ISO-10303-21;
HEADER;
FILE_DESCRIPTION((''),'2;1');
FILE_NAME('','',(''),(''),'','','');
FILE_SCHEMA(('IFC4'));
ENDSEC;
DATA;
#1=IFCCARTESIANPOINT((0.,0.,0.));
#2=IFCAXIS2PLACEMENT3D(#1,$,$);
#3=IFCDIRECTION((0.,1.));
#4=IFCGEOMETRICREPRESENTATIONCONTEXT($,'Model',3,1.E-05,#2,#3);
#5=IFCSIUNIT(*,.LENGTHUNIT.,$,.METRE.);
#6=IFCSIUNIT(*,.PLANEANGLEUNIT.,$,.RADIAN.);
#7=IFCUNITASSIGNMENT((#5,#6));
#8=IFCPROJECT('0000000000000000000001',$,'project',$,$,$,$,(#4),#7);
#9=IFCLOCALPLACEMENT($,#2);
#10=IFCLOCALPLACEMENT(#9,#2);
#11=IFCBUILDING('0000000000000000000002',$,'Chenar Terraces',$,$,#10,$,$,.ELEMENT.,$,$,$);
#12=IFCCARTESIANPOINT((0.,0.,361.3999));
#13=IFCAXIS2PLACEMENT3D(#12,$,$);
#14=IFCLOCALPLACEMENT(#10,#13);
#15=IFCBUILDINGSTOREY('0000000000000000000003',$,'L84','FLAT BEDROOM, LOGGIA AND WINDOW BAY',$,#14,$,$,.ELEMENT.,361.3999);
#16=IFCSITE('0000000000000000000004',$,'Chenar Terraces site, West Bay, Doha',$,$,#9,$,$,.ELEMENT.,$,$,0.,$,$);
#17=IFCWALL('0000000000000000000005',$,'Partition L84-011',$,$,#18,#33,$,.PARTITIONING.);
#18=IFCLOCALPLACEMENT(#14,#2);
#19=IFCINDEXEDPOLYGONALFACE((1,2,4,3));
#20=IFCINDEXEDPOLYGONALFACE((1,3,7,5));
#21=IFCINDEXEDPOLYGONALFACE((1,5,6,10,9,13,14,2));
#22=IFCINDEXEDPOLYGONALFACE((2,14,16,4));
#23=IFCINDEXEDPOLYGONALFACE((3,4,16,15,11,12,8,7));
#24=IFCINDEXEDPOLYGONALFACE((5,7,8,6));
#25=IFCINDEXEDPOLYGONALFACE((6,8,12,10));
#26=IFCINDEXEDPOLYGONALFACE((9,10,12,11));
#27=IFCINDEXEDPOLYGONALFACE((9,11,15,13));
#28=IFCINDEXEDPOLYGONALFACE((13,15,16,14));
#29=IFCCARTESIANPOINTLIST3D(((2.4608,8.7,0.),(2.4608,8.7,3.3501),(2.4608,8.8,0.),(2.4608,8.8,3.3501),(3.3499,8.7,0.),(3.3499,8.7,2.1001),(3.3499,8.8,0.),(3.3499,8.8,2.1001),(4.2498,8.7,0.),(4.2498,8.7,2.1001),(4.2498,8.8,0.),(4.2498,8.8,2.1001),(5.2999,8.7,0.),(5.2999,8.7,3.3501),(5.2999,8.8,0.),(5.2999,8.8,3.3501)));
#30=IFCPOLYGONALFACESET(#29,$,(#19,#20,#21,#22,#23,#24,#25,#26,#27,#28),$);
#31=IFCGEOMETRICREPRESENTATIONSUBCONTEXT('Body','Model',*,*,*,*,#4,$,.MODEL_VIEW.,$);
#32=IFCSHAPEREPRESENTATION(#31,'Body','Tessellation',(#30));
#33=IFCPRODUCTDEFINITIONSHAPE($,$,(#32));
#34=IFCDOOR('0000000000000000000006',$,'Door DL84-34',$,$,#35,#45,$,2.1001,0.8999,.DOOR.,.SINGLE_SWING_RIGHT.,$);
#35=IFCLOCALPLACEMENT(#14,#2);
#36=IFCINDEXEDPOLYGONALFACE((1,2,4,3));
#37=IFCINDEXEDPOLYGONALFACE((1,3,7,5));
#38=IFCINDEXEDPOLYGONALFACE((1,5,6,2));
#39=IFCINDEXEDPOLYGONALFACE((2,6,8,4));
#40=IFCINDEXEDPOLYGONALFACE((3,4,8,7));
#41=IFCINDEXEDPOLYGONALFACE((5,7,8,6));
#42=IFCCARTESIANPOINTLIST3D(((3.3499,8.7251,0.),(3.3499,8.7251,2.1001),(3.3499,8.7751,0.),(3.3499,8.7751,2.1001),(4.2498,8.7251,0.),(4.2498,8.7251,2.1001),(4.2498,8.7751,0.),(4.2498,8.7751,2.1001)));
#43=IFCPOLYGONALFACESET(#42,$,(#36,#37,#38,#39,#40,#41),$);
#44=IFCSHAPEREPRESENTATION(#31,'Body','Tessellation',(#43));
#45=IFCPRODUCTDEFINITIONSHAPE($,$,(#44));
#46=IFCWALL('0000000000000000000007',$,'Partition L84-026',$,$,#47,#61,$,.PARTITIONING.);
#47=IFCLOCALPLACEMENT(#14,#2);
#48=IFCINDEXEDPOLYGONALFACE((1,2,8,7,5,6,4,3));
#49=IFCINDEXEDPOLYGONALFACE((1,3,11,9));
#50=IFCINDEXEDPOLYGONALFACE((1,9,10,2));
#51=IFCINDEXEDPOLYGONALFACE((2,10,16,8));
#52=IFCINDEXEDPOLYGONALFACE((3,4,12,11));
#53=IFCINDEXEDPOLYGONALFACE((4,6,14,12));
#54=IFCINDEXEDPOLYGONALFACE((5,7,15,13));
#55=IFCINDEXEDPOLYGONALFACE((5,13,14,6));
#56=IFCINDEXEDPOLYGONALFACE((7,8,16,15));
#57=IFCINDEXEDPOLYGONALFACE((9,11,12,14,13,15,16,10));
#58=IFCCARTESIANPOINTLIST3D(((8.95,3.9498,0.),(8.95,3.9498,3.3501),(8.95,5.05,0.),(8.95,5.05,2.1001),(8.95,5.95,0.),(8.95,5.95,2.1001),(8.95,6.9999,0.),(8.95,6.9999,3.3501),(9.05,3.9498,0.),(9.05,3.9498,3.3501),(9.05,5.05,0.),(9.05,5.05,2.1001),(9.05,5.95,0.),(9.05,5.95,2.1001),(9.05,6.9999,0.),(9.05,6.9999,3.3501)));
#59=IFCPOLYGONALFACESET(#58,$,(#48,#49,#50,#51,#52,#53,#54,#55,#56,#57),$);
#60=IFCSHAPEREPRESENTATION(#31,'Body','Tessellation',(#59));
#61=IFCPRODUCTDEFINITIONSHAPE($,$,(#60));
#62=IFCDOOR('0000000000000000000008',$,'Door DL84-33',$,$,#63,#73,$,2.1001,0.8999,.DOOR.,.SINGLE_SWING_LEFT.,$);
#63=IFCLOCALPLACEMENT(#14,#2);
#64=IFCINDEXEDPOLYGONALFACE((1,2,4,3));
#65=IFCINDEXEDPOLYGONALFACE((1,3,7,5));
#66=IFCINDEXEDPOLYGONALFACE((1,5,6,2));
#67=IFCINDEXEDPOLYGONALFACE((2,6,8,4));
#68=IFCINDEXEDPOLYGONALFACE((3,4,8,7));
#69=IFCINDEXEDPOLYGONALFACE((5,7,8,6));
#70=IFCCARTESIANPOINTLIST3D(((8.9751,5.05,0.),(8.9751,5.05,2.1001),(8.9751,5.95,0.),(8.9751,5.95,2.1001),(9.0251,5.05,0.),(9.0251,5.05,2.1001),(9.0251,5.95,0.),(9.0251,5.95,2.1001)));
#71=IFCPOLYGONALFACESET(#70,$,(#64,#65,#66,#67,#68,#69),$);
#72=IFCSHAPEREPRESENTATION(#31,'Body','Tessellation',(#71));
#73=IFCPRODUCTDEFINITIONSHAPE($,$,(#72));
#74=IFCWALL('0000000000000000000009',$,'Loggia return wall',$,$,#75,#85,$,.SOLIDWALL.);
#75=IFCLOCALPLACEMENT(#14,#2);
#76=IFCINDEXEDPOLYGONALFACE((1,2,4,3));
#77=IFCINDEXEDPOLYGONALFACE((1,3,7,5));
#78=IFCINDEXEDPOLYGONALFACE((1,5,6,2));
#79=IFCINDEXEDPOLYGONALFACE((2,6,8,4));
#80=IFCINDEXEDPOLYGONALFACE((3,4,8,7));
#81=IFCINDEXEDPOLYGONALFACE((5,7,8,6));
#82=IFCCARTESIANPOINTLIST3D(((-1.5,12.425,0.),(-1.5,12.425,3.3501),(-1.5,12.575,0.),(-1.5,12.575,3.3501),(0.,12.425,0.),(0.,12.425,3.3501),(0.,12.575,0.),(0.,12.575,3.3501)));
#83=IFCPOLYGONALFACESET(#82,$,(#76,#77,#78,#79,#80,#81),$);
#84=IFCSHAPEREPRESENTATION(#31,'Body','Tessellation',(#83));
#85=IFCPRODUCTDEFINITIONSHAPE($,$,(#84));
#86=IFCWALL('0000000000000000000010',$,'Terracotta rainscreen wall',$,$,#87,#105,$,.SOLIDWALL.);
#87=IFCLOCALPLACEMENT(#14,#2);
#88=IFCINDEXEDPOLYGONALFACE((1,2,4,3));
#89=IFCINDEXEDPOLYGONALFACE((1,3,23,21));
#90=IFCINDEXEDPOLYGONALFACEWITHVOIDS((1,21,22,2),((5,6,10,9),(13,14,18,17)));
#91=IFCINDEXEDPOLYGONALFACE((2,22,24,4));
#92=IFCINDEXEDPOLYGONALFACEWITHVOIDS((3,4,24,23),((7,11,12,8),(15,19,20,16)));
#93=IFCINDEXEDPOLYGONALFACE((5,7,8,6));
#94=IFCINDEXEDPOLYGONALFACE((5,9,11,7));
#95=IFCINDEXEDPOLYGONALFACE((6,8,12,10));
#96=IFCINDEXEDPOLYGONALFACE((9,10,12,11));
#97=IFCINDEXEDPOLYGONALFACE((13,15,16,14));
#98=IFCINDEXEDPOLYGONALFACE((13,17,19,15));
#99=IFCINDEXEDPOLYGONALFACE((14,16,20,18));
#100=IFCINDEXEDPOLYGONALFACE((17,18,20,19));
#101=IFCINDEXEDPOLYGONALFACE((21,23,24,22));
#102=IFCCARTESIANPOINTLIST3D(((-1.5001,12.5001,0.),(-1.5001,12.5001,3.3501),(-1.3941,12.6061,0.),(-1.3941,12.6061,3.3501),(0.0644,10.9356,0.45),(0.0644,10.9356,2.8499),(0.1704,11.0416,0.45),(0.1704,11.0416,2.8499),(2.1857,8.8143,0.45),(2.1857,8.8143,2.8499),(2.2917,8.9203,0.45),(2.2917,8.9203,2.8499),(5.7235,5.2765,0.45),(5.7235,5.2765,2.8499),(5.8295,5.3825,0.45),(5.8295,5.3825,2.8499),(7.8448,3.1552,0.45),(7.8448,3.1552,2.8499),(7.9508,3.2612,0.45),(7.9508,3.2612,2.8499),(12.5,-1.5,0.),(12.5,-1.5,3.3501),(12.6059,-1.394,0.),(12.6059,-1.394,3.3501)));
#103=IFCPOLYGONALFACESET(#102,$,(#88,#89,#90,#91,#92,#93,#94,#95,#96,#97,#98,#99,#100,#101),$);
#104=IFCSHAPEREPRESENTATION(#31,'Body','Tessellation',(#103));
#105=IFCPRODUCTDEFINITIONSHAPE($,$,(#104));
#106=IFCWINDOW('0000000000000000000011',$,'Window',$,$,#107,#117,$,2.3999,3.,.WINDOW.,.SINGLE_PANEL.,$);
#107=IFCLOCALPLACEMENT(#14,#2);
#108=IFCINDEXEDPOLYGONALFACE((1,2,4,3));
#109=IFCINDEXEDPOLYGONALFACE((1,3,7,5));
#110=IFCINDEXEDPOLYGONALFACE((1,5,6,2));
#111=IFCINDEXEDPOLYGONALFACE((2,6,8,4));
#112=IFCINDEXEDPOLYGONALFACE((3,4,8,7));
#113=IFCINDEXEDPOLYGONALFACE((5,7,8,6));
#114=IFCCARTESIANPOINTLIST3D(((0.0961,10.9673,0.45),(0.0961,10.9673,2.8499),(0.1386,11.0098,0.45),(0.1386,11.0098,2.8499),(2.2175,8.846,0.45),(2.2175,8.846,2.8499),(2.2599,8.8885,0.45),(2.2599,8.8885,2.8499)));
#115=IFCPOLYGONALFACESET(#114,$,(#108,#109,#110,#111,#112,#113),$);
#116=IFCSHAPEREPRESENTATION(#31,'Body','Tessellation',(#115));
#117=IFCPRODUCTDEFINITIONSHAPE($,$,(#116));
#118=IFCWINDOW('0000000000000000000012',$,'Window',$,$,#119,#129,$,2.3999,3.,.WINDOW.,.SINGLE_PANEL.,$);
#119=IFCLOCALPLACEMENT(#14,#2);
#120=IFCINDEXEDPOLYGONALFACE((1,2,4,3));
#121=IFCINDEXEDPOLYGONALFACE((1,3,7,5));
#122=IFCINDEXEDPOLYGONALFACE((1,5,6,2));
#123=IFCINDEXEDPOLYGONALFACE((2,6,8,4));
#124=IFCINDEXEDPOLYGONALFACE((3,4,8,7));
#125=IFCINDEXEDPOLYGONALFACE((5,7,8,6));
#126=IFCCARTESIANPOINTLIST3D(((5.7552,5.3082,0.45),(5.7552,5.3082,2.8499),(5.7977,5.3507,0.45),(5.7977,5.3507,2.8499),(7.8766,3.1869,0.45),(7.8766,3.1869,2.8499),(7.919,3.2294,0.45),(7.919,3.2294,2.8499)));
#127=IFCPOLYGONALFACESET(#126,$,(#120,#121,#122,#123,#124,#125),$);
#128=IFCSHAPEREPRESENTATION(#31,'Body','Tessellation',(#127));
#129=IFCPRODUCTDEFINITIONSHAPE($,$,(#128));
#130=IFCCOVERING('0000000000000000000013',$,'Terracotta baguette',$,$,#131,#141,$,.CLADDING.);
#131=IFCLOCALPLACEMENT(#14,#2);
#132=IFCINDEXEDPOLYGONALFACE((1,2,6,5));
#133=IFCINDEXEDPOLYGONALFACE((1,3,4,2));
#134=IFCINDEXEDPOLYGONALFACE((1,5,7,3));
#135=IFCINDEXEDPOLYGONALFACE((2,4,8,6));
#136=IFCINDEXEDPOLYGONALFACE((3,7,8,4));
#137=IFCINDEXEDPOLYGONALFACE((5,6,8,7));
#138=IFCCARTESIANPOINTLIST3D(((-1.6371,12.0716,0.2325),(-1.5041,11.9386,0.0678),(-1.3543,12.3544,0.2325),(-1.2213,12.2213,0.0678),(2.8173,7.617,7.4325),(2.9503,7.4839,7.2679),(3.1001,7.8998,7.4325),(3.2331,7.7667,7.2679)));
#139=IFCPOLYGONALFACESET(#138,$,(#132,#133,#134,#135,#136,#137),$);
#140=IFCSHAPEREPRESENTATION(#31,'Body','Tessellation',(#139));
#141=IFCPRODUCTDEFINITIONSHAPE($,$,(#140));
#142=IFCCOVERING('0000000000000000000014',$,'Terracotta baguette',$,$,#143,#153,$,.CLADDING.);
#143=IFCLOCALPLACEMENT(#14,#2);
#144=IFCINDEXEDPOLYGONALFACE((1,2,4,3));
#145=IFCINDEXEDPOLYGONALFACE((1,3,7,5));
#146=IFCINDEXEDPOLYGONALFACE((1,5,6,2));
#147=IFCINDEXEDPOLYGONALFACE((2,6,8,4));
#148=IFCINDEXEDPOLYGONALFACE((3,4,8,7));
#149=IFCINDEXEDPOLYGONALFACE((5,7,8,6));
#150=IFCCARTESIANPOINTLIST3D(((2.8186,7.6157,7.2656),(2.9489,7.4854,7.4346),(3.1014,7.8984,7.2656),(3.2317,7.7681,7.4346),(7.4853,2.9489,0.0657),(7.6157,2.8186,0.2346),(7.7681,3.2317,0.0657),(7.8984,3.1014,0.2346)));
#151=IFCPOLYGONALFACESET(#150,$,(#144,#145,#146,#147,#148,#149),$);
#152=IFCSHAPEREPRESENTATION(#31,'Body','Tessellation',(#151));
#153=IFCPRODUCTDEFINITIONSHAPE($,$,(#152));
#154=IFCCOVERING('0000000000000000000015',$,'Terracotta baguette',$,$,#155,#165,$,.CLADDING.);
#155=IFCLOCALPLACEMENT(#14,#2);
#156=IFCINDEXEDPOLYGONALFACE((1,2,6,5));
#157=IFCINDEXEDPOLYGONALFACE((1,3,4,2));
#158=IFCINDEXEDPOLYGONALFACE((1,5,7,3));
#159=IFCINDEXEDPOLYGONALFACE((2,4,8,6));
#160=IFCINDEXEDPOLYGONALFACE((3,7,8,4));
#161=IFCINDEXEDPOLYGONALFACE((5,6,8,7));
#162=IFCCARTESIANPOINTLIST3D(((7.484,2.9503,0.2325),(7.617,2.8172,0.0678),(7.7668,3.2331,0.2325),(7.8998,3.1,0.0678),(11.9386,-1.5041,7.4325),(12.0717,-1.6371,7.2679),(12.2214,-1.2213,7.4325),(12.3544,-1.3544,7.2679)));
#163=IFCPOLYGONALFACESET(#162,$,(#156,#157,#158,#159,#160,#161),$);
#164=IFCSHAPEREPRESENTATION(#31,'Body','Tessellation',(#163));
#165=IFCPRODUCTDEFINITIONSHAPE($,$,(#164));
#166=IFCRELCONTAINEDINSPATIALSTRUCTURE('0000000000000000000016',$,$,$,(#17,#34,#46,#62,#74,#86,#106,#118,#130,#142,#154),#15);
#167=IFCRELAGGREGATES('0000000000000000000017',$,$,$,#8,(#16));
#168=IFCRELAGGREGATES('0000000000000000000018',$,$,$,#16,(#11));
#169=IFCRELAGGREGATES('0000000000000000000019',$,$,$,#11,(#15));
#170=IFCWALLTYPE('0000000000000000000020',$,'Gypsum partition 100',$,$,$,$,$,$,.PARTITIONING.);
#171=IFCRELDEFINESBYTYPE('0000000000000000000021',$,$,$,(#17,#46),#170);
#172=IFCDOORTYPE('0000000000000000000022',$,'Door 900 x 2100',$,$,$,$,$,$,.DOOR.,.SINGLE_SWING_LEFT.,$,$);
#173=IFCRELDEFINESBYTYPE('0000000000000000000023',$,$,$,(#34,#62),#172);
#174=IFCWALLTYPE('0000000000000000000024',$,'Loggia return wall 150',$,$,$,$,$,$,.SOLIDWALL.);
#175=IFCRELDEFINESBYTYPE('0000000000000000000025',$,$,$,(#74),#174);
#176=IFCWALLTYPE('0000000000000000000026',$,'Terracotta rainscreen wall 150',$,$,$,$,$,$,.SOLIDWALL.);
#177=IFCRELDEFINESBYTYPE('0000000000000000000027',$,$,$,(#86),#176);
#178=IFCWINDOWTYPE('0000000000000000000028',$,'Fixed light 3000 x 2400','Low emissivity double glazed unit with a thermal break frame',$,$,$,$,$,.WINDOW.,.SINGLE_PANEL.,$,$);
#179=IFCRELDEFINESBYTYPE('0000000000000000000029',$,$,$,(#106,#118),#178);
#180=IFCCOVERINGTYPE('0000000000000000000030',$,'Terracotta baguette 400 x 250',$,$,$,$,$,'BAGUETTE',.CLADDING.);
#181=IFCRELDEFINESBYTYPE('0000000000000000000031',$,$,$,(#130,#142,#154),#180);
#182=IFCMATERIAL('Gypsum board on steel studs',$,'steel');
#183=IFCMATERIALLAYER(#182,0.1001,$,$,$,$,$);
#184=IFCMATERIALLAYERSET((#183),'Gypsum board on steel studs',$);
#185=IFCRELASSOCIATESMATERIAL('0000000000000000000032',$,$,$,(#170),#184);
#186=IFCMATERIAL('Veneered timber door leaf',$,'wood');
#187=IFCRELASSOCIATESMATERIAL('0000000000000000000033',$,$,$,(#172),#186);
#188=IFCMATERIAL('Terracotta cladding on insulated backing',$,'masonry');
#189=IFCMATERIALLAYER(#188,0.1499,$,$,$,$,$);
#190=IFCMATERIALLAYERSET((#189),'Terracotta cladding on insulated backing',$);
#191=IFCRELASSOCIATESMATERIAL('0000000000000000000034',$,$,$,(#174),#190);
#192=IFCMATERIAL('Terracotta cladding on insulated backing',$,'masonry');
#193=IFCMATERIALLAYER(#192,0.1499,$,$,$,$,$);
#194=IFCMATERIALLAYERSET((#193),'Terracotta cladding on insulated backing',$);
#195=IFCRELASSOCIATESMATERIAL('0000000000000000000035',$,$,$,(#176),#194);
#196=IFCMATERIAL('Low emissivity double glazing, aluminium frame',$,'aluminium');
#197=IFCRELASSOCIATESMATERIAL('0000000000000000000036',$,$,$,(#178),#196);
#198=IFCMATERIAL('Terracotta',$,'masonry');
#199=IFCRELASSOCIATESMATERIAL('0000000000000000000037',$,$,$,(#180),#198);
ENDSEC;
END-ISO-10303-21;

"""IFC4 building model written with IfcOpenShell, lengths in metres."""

from ifc_helpers import new_model, si_unit, direction, frame, frame_2d, origin, origin_2d, place, context, subcontext, project, spatial, rectangle, extrude, material, layer, layer_set, material_profile, profile_set, type_object, element, fill, save


model = new_model("IFC4")

# Units and contexts
model_context = context("Model", 3, precision=1e-05, world=origin(), true_north=direction((0.0, 1.0)))
body_context = subcontext(model_context, "Body", "Model", "MODEL_VIEW")
ifc_project = project(units=[si_unit("LENGTHUNIT", "METRE"), si_unit("PLANEANGLEUNIT", "RADIAN")], contexts=[model_context])

# Site, building, storey
site_placement = place(None, origin())
site = spatial("IfcSite", under=ifc_project, at=site_placement, Name="Chenar Terraces site, West Bay, Doha", CompositionType="ELEMENT", RefElevation=0.0)
building_placement = place(site_placement, origin())
building = spatial("IfcBuilding", under=site, at=building_placement, Name="Chenar Terraces", CompositionType="ELEMENT")
storey_placement = place(building_placement, frame((0.0, 0.0, 361.3999)))
storey = spatial("IfcBuildingStorey", under=building, at=storey_placement, Name="L84", Description="FLAT BEDROOM, LOGGIA AND WINDOW BAY", CompositionType="ELEMENT", Elevation=361.3999)

# Walls, openings, doors
ifc_material_1 = material(Name="Gypsum board on steel studs", Category="steel")
ifc_layer_1 = layer(ifc_material_1, 0.1001)
ifc_layer_set_1 = layer_set([ifc_layer_1], Name="Gypsum board on steel studs")
wall_type_1 = type_object("IfcWallType", Name="Gypsum partition 100", PredefinedType="PARTITIONING", material=ifc_layer_set_1)
wall_1_placement = place(storey_placement, frame((2.4609, 8.75, 0.0), z_axis=(0.0, 0.0, 1.0), x_axis=(1.0, 0.0, 0.0)))
wall_1 = element("IfcWall", 1, at=wall_1_placement, inside=storey, type_object=wall_type_1, Name="Partition L84-011", PredefinedType="PARTITIONING", context=body_context, shape_type="SweptSolid", body=[
    extrude(rectangle(XDim=2.8391, YDim=0.1001, at=frame_2d((1.4194, 0.0))), origin(), (0.0, 0.0, 1.0), 3.3501),
])
opening_1_placement = place(wall_1_placement, frame((0.8889, 0.0, 0.0)))
opening_1 = element("IfcOpeningElement", 2, at=opening_1_placement, cuts=wall_1, PredefinedType="OPENING", context=body_context, shape_type="SweptSolid", body=[
    extrude(rectangle(XDim=0.8999, YDim=2.1001, at=frame_2d((0.45, 1.05))), frame((0.0, 0.0601, 0.0), z_axis=(0.0, -1.0, 0.0), x_axis=(1.0, 0.0, 0.0)), (0.0, 0.0, 1.0), 0.1201),
])
ifc_material_2 = material(Name="Veneered timber door leaf", Category="wood")
door_type = type_object("IfcDoorType", Name="Door 900 x 2100", OperationType="SINGLE_SWING_LEFT", PredefinedType="DOOR", material=ifc_material_2)
door_1_placement = place(opening_1_placement, frame((0.8999, 0.0, 0.0), z_axis=(0.0, 0.0, 1.0), x_axis=(-1.0, 0.0, 0.0)))
door_1 = element("IfcDoor", 3, at=door_1_placement, inside=storey, type_object=door_type, Name="Door DL84-34", OperationType="SINGLE_SWING_RIGHT", OverallHeight=2.1001, OverallWidth=0.8999, PredefinedType="DOOR", context=body_context, shape_type="SweptSolid", body=[
    extrude(rectangle(XDim=0.8999, YDim=2.1001, at=frame_2d((0.45, 1.05))), frame((0.0, 0.0249, 0.0), z_axis=(0.0, -1.0, 0.0), x_axis=(1.0, 0.0, 0.0)), (0.0, 0.0, 1.0), 0.05),
])
fill(opening_1, door_1)
wall_2_placement = place(storey_placement, frame((9.0, 3.95, 0.0), z_axis=(0.0, 0.0, 1.0), x_axis=(0.0, 1.0, 0.0)))
wall_2 = element("IfcWall", 4, at=wall_2_placement, inside=storey, type_object=wall_type_1, Name="Partition L84-026", PredefinedType="PARTITIONING", context=body_context, shape_type="SweptSolid", body=[
    extrude(rectangle(XDim=3.05, YDim=0.1001, at=frame_2d((1.5249, 0.0))), origin(), (0.0, 0.0, 1.0), 3.3501),
])
opening_2_placement = place(wall_2_placement, frame((1.1001, 0.0, 0.0)))
opening_2 = element("IfcOpeningElement", 5, at=opening_2_placement, cuts=wall_2, PredefinedType="OPENING", context=body_context, shape_type="SweptSolid", body=[
    extrude(rectangle(XDim=0.8999, YDim=2.1001, at=frame_2d((0.45, 1.05))), frame((0.0, 0.0601, 0.0), z_axis=(0.0, -1.0, 0.0), x_axis=(1.0, 0.0, 0.0)), (0.0, 0.0, 1.0), 0.1201),
])
door_2_placement = place(opening_2_placement, origin())
door_2 = element("IfcDoor", 6, at=door_2_placement, inside=storey, type_object=door_type, Name="Door DL84-33", OperationType="SINGLE_SWING_LEFT", OverallHeight=2.1001, OverallWidth=0.8999, PredefinedType="DOOR", context=body_context, shape_type="SweptSolid", body=[
    extrude(rectangle(XDim=0.8999, YDim=2.1001, at=frame_2d((0.45, 1.05))), frame((0.0, 0.0249, 0.0), z_axis=(0.0, -1.0, 0.0), x_axis=(1.0, 0.0, 0.0)), (0.0, 0.0, 1.0), 0.05),
])
fill(opening_2, door_2)

# Wall
ifc_material_3 = material(Name="Terracotta cladding on insulated backing", Category="masonry")
ifc_layer_2 = layer(ifc_material_3, 0.1499)
ifc_layer_set_2 = layer_set([ifc_layer_2], Name="Terracotta cladding on insulated backing")
wall_type_2 = type_object("IfcWallType", Name="Loggia return wall 150", PredefinedType="SOLIDWALL", material=ifc_layer_set_2)
wall_3_placement = place(storey_placement, frame((-1.5, 12.5, 0.0), z_axis=(0.0, 0.0, 1.0), x_axis=(1.0, 0.0, 0.0)))
element("IfcWall", 7, at=wall_3_placement, inside=storey, type_object=wall_type_2, Name="Loggia return wall", PredefinedType="SOLIDWALL", context=body_context, shape_type="SweptSolid", body=[
    extrude(rectangle(XDim=1.5, YDim=0.1499, at=frame_2d((0.75, 0.0))), origin(), (0.0, 0.0, 1.0), 3.3501),
])

# Wall, openings, windows
ifc_material_4 = material(Name="Terracotta cladding on insulated backing", Category="masonry")
ifc_layer_3 = layer(ifc_material_4, 0.1499)
ifc_layer_set_3 = layer_set([ifc_layer_3], Name="Terracotta cladding on insulated backing")
wall_type_3 = type_object("IfcWallType", Name="Terracotta rainscreen wall 150", PredefinedType="SOLIDWALL", material=ifc_layer_set_3)
wall_4_placement = place(storey_placement, frame((-1.447, 12.553, 0.0), z_axis=(0.0, 0.0, 1.0), x_axis=(0.707107, -0.707107, 0.0)))
wall_4 = element("IfcWall", 8, at=wall_4_placement, inside=storey, type_object=wall_type_3, Name="Terracotta rainscreen wall", PredefinedType="SOLIDWALL", context=body_context, shape_type="SweptSolid", body=[
    extrude(rectangle(XDim=19.7991, YDim=0.1499, at=frame_2d((9.8994, 0.0))), origin(), (0.0, 0.0, 1.0), 3.3501),
])
opening_3_placement = place(wall_4_placement, frame((2.2124, 0.0, 0.45)))
opening_3 = element("IfcOpeningElement", 9, at=opening_3_placement, cuts=wall_4, PredefinedType="OPENING", context=body_context, shape_type="SweptSolid", body=[
    extrude(rectangle(XDim=3.0, YDim=2.3999, at=frame_2d((1.5, 1.2))), frame((0.0, 0.085, 0.0), z_axis=(0.0, -1.0, 0.0), x_axis=(1.0, 0.0, 0.0)), (0.0, 0.0, 1.0), 0.1699),
])
opening_4_placement = place(wall_4_placement, frame((10.2156, 0.0, 0.45)))
opening_4 = element("IfcOpeningElement", 10, at=opening_4_placement, cuts=wall_4, PredefinedType="OPENING", context=body_context, shape_type="SweptSolid", body=[
    extrude(rectangle(XDim=3.0, YDim=2.3999, at=frame_2d((1.5, 1.2))), frame((0.0, 0.085, 0.0), z_axis=(0.0, -1.0, 0.0), x_axis=(1.0, 0.0, 0.0)), (0.0, 0.0, 1.0), 0.1699),
])
ifc_material_5 = material(Name="Low emissivity double glazing, aluminium frame", Category="aluminium")
window_type = type_object("IfcWindowType", Name="Fixed light 3000 x 2400", Description="Low emissivity double glazed unit with a thermal break frame", PartitioningType="SINGLE_PANEL", PredefinedType="WINDOW", material=ifc_material_5)
window_1_placement = place(opening_3_placement, origin())
window_1 = element("IfcWindow", 11, at=window_1_placement, inside=storey, type_object=window_type, Name="Window", OverallHeight=2.3999, OverallWidth=3.0, PartitioningType="SINGLE_PANEL", PredefinedType="WINDOW", context=body_context, shape_type="SweptSolid", body=[
    extrude(rectangle(XDim=3.0, YDim=2.3999, at=frame_2d((1.5, 1.2))), frame((0.0, 0.03, 0.0), z_axis=(0.0, -1.0, 0.0), x_axis=(1.0, 0.0, 0.0)), (0.0, 0.0, 1.0), 0.0601),
])
fill(opening_3, window_1)
window_2_placement = place(opening_4_placement, origin())
window_2 = element("IfcWindow", 12, at=window_2_placement, inside=storey, type_object=window_type, Name="Window", OverallHeight=2.3999, OverallWidth=3.0, PartitioningType="SINGLE_PANEL", PredefinedType="WINDOW", context=body_context, shape_type="SweptSolid", body=[
    extrude(rectangle(XDim=3.0, YDim=2.3999, at=frame_2d((1.5, 1.2))), frame((0.0, 0.03, 0.0), z_axis=(0.0, -1.0, 0.0), x_axis=(1.0, 0.0, 0.0)), (0.0, 0.0, 1.0), 0.0601),
])
fill(opening_4, window_2)

# Coverings
ifc_material_6 = material(Name="Terracotta", Category="masonry")
ifc_material_profile = material_profile(ifc_material_6, rectangle(XDim=0.3999, YDim=0.25, at=origin_2d()), Name="Terracotta baguette 400 x 250")
ifc_profile_set = profile_set([ifc_material_profile], Name="Terracotta")
covering_type = type_object("IfcCoveringType", Name="Terracotta baguette 400 x 250", ElementType="BAGUETTE", PredefinedType="CLADDING", material=ifc_profile_set)
covering_1_placement = place(storey_placement, frame((-1.4292, 12.1465, 0.1501), z_axis=(0.465604, -0.46563, 0.752597), x_axis=(0.707126, 0.707087, 0.0)))
element("IfcCovering", 13, at=covering_1_placement, inside=storey, type_object=covering_type, Name="Terracotta baguette", PredefinedType="CLADDING", context=body_context, shape_type="SweptSolid", body=[
    extrude(rectangle(XDim=0.3999, YDim=0.25, at=origin_2d()), origin(), (0.0, 0.0, 1.0), 9.5669),
])
covering_2_placement = place(storey_placement, frame((3.0251, 7.6919, 7.3501), z_axis=(0.477803, -0.477803, -0.737163), x_axis=(0.707107, 0.707107, 0.0)))
element("IfcCovering", 14, at=covering_2_placement, inside=storey, type_object=covering_type, Name="Terracotta baguette", PredefinedType="CLADDING", context=body_context, shape_type="SweptSolid", body=[
    extrude(rectangle(XDim=0.3999, YDim=0.25, at=origin_2d()), origin(), (0.0, 0.0, 1.0), 9.7671),
])
covering_3_placement = place(storey_placement, frame((7.6919, 3.0251, 0.1501), z_axis=(0.46563, -0.465604, 0.752597), x_axis=(0.707087, 0.707126, 0.0)))
element("IfcCovering", 15, at=covering_3_placement, inside=storey, type_object=covering_type, Name="Terracotta baguette", PredefinedType="CLADDING", context=body_context, shape_type="SweptSolid", body=[
    extrude(rectangle(XDim=0.3999, YDim=0.25, at=origin_2d()), origin(), (0.0, 0.0, 1.0), 9.5669),
])

save(model, "model.ifc")
